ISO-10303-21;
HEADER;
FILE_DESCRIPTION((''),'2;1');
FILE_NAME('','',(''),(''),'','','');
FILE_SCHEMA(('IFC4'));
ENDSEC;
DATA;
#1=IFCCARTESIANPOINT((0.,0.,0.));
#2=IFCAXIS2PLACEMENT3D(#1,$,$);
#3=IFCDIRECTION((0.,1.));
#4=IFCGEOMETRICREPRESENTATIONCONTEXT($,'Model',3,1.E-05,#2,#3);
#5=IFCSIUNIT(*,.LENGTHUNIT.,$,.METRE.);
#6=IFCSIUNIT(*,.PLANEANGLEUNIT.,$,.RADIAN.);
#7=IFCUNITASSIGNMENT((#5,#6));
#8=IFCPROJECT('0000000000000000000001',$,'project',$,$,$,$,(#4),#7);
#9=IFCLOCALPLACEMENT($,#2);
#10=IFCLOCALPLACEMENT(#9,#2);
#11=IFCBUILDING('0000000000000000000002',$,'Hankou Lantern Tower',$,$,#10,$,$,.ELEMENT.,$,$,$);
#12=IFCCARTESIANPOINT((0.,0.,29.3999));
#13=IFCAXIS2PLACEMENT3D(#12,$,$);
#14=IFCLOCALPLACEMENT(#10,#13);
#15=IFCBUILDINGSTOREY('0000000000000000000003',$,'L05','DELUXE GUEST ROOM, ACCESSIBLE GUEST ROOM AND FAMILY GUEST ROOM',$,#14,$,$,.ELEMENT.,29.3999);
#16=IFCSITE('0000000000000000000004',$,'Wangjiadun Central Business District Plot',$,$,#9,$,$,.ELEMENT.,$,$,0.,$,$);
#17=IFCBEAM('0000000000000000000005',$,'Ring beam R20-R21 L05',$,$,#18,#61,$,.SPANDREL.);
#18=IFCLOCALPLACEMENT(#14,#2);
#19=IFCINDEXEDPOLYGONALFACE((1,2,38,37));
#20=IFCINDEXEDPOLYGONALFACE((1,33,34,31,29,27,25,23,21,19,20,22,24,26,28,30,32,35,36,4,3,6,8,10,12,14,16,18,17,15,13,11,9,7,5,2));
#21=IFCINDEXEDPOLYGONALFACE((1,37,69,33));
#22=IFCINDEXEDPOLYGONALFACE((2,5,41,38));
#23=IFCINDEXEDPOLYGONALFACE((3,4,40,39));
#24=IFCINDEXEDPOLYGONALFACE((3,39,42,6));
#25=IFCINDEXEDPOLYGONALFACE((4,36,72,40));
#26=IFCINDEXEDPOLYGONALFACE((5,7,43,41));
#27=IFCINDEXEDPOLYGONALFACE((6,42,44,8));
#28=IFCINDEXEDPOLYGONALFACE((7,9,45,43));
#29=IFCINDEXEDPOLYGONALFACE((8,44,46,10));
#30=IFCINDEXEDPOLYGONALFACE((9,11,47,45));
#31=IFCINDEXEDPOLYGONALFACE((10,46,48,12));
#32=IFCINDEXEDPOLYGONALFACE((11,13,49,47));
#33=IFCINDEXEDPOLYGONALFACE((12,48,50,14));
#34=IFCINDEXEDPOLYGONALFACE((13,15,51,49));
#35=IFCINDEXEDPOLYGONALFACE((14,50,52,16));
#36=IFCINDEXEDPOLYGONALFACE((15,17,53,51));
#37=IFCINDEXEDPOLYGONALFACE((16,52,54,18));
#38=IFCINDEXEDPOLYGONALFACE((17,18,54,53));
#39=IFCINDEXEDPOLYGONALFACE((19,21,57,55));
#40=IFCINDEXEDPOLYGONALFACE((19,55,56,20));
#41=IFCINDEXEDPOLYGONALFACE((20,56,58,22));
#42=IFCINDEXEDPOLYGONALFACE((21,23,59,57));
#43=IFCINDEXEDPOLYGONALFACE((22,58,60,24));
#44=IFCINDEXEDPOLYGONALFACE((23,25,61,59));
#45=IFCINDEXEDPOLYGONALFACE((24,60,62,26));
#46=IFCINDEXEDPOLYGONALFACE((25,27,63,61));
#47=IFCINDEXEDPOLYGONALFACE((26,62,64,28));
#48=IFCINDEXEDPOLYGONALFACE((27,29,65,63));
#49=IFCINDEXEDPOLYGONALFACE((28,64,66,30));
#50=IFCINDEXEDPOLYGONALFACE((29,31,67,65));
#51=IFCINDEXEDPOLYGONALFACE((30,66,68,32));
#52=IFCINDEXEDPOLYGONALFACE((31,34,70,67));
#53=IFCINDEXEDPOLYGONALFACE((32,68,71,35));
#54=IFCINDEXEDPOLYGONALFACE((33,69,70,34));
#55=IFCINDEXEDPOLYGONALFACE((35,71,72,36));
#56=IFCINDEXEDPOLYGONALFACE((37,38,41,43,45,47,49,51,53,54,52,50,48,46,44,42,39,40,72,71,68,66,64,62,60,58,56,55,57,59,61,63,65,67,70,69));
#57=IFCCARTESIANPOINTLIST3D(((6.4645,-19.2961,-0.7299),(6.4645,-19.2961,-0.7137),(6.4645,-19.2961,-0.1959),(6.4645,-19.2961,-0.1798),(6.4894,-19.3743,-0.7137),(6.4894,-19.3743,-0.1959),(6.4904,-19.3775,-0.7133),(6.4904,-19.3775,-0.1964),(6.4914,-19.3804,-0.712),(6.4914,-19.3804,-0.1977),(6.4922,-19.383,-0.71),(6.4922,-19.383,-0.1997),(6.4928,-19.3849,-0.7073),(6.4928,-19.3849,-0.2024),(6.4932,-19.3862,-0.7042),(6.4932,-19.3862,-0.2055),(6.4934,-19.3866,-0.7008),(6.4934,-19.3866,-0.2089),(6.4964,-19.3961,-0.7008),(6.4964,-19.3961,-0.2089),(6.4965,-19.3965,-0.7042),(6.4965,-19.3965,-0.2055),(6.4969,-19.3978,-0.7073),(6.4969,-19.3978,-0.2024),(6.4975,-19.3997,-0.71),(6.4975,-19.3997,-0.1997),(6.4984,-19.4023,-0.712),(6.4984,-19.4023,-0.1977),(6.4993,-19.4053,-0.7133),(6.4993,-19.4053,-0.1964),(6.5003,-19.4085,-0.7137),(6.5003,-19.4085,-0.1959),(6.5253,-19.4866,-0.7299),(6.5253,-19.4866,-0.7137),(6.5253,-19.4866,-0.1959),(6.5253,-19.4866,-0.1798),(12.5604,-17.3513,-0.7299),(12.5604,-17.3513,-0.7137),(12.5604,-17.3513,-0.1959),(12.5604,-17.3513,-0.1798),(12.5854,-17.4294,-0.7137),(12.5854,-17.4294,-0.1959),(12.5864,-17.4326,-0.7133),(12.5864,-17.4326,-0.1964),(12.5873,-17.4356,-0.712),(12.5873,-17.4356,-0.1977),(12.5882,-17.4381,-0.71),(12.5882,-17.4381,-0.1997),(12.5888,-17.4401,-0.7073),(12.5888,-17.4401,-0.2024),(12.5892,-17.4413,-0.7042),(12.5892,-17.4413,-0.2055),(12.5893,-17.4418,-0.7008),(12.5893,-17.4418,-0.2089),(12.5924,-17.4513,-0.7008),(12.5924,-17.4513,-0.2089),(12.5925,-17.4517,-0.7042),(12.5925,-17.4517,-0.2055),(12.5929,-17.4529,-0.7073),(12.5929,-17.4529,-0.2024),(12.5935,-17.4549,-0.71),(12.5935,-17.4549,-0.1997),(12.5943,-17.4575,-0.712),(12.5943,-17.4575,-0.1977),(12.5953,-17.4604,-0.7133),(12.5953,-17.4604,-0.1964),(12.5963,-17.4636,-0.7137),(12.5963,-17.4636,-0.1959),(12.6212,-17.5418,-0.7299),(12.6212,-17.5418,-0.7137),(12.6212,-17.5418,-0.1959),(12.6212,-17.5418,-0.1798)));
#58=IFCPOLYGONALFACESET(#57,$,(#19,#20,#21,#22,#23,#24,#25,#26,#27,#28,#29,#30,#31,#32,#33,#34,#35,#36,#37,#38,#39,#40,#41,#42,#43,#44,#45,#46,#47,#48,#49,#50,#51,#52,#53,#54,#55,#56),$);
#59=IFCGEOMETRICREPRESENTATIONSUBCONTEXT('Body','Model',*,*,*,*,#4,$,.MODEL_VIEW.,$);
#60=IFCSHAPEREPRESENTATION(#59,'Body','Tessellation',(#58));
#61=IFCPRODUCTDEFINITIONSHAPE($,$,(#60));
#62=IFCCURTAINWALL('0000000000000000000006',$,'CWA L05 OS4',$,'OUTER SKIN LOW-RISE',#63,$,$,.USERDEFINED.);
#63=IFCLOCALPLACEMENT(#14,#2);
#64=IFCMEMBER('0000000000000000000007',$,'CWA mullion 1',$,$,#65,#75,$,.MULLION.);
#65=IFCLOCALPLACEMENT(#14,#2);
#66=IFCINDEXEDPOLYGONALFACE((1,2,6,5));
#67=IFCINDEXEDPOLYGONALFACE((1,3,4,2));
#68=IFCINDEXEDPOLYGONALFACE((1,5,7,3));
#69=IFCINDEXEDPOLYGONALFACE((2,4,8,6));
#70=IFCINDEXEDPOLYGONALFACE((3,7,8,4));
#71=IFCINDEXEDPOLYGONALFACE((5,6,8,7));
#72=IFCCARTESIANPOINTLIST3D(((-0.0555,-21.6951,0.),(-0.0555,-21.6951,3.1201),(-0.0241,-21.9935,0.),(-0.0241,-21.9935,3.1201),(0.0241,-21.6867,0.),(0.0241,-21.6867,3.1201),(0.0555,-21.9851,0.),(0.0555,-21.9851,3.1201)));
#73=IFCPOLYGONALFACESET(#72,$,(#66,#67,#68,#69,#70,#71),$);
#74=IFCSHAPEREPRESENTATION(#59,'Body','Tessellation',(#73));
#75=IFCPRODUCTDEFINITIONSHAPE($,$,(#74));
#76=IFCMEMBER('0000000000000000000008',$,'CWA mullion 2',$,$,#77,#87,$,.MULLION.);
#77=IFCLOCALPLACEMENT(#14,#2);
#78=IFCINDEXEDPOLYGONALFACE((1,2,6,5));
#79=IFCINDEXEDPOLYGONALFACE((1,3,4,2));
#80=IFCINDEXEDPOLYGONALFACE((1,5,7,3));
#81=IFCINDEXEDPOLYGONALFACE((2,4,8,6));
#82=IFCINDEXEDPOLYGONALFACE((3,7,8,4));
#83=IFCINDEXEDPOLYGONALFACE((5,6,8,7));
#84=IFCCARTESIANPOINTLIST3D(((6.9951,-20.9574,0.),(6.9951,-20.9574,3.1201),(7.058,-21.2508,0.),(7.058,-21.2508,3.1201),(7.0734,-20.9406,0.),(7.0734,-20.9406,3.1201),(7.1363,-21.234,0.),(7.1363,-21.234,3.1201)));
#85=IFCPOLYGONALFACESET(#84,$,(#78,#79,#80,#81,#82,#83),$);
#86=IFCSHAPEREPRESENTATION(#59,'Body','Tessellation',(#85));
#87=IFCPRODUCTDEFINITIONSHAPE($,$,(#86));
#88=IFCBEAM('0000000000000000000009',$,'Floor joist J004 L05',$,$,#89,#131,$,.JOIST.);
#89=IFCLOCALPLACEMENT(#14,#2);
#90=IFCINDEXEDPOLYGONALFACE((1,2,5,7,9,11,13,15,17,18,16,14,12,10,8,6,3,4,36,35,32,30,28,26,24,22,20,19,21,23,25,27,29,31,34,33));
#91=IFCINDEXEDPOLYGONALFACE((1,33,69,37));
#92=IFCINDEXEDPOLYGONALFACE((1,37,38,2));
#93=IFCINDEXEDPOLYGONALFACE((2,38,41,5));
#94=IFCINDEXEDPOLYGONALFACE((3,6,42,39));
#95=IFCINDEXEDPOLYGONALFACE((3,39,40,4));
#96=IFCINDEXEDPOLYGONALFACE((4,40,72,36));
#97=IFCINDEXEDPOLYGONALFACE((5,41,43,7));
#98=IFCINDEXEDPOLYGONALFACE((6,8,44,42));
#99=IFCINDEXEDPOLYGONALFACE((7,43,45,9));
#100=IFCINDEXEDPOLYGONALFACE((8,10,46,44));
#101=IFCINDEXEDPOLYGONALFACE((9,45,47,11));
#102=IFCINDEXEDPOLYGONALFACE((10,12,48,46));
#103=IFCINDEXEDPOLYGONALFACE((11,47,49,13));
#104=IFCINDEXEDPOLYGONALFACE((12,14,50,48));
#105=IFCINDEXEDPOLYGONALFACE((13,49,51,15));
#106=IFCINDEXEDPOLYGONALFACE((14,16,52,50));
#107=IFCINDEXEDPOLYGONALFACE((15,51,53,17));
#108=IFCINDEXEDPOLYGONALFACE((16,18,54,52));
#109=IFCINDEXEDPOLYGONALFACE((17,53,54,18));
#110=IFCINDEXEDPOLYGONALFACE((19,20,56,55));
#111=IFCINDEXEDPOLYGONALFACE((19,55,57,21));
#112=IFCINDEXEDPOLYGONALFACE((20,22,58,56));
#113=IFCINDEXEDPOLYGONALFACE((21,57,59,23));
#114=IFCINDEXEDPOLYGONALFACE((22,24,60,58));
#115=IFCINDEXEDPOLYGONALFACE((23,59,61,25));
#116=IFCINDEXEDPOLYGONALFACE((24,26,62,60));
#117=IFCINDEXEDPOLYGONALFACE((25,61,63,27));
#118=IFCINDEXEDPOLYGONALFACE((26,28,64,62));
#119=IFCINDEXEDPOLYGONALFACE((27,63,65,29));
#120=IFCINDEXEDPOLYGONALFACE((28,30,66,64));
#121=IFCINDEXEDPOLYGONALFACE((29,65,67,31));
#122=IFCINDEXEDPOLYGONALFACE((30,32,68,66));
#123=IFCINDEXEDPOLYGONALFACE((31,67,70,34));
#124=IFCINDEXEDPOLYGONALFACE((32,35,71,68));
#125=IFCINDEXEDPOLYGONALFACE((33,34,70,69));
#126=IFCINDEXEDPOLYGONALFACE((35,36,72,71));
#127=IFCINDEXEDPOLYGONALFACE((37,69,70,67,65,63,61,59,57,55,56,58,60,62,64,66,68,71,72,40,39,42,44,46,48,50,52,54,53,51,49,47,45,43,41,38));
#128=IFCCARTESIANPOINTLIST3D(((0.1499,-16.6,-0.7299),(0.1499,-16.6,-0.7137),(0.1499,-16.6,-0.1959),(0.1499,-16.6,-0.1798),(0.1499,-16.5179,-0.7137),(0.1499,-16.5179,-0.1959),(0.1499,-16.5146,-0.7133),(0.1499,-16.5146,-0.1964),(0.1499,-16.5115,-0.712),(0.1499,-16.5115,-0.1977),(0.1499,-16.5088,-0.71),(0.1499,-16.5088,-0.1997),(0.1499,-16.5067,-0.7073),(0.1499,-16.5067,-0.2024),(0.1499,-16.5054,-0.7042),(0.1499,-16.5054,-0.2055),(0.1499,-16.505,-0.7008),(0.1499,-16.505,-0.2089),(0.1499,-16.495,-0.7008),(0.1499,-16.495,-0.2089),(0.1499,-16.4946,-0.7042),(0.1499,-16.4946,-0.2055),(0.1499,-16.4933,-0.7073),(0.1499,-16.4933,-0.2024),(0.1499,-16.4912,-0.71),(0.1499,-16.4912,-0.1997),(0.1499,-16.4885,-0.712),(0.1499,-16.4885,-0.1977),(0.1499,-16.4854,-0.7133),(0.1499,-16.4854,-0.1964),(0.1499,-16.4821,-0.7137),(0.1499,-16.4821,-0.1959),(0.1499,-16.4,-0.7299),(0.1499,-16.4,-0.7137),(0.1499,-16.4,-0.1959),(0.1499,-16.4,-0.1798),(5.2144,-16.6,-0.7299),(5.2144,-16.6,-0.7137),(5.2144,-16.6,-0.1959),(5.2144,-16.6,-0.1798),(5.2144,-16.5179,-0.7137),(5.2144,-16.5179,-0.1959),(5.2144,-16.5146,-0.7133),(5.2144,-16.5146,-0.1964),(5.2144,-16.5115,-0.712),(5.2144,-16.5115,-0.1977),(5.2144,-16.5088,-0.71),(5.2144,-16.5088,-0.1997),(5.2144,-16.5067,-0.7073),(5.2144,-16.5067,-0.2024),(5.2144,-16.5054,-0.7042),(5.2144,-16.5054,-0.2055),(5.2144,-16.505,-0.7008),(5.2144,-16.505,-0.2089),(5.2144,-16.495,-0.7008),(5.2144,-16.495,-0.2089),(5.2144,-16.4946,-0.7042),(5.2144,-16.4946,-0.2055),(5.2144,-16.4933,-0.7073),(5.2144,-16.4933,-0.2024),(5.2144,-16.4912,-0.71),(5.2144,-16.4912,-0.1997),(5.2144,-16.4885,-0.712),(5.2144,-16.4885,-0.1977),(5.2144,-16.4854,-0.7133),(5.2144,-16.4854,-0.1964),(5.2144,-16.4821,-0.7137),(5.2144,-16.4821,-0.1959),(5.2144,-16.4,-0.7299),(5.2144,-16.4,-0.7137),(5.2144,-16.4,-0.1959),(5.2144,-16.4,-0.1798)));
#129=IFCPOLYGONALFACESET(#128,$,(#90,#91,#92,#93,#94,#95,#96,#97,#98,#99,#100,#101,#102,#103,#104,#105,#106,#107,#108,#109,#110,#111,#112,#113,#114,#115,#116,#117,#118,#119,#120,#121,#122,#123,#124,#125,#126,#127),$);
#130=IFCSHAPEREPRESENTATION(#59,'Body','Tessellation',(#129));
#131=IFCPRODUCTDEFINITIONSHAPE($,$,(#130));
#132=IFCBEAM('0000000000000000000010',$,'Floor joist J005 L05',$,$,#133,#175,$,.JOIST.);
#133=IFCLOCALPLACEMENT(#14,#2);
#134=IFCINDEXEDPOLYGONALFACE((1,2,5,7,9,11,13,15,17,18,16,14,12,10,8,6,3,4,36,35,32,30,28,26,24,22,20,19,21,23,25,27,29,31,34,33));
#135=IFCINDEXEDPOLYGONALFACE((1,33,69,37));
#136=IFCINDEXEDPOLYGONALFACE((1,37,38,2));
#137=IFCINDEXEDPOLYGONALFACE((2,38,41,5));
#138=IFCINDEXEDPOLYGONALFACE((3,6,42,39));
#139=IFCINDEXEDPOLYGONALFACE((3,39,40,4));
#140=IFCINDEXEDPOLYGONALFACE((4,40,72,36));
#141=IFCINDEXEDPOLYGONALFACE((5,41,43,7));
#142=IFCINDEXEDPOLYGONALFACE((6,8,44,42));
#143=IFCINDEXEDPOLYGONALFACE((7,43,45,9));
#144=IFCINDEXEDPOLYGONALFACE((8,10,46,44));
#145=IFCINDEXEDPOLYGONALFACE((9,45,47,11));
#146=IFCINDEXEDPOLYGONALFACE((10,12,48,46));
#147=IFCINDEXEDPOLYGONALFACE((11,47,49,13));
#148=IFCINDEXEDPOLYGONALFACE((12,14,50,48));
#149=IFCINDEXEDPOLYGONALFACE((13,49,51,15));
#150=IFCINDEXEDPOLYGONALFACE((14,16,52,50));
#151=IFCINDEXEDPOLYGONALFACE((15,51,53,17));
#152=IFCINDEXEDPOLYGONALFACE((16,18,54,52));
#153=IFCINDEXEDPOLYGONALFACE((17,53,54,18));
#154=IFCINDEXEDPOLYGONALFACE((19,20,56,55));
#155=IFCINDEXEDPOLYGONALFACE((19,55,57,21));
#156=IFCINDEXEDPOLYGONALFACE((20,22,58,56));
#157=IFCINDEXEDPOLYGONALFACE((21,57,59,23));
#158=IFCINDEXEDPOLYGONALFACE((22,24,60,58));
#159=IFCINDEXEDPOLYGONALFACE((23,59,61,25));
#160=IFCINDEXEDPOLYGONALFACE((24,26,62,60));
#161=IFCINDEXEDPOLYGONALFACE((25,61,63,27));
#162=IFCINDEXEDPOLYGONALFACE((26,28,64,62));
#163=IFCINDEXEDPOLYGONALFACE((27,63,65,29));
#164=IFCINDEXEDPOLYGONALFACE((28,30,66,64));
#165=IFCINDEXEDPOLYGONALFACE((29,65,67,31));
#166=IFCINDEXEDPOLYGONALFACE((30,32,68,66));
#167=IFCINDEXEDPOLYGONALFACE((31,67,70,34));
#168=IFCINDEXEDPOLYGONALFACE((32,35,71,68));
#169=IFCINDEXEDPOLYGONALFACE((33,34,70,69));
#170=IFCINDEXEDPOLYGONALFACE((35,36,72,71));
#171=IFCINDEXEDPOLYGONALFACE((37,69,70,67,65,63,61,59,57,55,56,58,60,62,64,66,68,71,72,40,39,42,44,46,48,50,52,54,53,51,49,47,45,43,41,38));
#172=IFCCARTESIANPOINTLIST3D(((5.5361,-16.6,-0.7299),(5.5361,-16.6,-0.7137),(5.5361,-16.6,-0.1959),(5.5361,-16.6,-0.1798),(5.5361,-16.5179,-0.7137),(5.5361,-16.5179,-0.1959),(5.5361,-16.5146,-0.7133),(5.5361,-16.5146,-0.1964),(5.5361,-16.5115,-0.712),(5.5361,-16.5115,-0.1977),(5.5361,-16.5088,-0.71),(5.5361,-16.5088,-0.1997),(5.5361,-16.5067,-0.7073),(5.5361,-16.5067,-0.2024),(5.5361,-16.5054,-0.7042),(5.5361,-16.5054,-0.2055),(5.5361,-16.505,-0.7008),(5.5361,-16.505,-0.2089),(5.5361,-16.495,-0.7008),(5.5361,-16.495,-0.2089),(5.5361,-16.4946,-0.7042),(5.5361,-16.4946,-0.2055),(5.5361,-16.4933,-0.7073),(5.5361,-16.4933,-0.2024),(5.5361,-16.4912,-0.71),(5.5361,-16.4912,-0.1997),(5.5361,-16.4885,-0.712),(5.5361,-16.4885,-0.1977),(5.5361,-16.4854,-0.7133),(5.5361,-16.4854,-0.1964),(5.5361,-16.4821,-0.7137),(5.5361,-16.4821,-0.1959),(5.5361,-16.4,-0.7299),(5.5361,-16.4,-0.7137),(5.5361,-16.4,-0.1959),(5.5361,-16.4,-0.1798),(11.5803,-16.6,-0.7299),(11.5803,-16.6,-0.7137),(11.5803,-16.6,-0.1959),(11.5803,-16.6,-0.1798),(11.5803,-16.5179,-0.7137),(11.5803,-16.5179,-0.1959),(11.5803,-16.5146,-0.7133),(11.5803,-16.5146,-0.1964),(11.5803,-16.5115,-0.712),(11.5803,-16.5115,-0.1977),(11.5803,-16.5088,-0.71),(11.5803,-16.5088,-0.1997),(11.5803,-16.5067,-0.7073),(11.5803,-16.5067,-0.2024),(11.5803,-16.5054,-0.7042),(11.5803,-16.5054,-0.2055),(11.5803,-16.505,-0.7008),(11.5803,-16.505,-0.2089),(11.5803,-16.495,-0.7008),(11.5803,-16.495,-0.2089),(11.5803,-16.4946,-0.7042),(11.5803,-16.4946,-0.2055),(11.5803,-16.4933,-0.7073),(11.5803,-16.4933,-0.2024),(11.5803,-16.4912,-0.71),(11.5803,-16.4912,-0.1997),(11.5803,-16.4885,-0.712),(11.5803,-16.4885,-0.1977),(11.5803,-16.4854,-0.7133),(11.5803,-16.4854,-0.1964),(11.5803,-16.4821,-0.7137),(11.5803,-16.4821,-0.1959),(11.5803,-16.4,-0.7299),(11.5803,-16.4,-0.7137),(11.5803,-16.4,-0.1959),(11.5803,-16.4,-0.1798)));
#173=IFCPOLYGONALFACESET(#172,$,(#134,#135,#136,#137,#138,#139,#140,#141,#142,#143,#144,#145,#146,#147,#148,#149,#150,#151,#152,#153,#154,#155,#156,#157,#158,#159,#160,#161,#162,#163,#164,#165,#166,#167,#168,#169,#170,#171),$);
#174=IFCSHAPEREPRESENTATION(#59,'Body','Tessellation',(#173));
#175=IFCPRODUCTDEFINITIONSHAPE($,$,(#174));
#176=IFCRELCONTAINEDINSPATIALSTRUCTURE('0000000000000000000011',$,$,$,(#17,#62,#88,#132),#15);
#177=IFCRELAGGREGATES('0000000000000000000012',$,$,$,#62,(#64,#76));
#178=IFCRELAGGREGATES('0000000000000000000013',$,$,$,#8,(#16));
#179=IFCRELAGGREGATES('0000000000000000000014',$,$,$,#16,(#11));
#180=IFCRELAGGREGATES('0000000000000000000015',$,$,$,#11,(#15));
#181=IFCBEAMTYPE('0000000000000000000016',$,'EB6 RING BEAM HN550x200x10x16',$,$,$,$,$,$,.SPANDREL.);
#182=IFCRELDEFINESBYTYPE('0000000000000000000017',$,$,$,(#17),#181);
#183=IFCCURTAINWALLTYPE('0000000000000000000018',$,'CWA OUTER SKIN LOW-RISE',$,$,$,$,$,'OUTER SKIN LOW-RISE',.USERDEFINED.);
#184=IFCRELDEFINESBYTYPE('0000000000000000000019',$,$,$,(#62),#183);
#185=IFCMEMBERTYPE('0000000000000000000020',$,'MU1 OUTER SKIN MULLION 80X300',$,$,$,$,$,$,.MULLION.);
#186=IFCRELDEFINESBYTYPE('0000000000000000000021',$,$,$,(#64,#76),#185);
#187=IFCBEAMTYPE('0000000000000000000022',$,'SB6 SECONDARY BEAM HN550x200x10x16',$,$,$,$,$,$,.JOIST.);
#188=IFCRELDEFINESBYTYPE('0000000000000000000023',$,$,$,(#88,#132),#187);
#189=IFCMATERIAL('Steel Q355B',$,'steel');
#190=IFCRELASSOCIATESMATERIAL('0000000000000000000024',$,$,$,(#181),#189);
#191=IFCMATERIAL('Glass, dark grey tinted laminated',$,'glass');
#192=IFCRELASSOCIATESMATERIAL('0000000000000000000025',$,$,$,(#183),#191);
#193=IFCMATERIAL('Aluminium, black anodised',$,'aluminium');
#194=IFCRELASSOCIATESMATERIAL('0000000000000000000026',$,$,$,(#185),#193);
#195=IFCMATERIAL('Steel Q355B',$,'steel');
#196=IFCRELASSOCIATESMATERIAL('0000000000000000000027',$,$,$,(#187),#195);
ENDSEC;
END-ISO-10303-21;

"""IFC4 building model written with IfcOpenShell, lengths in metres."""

from ifc_helpers import new_model, si_unit, direction, frame, origin, origin_2d, place, context, subcontext, project, spatial, rectangle, i_section, extrude, material, material_profile, profile_set, type_object, element, aggregate, save


model = new_model("IFC4")

# Units and contexts
model_context = context("Model", 3, precision=1e-05, world=origin(), true_north=direction((0.0, 1.0)))
body_context = subcontext(model_context, "Body", "Model", "MODEL_VIEW")
ifc_project = project(units=[si_unit("LENGTHUNIT", "METRE"), si_unit("PLANEANGLEUNIT", "RADIAN")], contexts=[model_context])

# Site, building, storey
site_placement = place(None, origin())
site = spatial("IfcSite", under=ifc_project, at=site_placement, Name="Wangjiadun Central Business District Plot", CompositionType="ELEMENT", RefElevation=0.0)
building_placement = place(site_placement, origin())
building = spatial("IfcBuilding", under=site, at=building_placement, Name="Hankou Lantern Tower", CompositionType="ELEMENT")
storey_placement = place(building_placement, frame((0.0, 0.0, 29.3999)))
storey = spatial("IfcBuildingStorey", under=building, at=storey_placement, Name="L05", Description="DELUXE GUEST ROOM, ACCESSIBLE GUEST ROOM AND FAMILY GUEST ROOM", CompositionType="ELEMENT", Elevation=29.3999)

# Beam
ifc_material_1 = material(Name="Steel Q355B", Category="steel")
ifc_material_profile_1 = material_profile(ifc_material_1, i_section(OverallWidth=0.2, OverallDepth=0.55, WebThickness=0.01, FlangeThickness=0.0161, FilletRadius=0.0129, at=origin_2d()), Name="HN550x200x10x16")
ifc_profile_set_1 = profile_set([ifc_material_profile_1], Name="Steel Q355B")
beam_type_1 = type_object("IfcBeamType", Name="EB6 RING BEAM HN550x200x10x16", PredefinedType="SPANDREL", material=ifc_profile_set_1)
beam_1_placement = place(storey_placement, frame((6.4949, -19.3914, -0.4548), z_axis=(0.95269, 0.303942, 0.0), x_axis=(-0.303942, 0.95269, 0.0)))
element("IfcBeam", 1, at=beam_1_placement, inside=storey, type_object=beam_type_1, Name="Ring beam R20-R21 L05", PredefinedType="SPANDREL", context=body_context, shape_type="SweptSolid", body=[
    extrude(i_section(OverallWidth=0.2, OverallDepth=0.55, WebThickness=0.01, FlangeThickness=0.0161, FilletRadius=0.0129, at=origin_2d()), origin(), (0.0, 0.0, 1.0), 6.3987),
])

# Curtain wall, members
ifc_material_2 = material(Name="Glass, dark grey tinted laminated", Category="glass")
curtain_wall_type = type_object("IfcCurtainWallType", Name="CWA OUTER SKIN LOW-RISE", ElementType="OUTER SKIN LOW-RISE", PredefinedType="USERDEFINED", material=ifc_material_2)
curtain_wall_placement = place(storey_placement, origin())
curtain_wall = element("IfcCurtainWall", 2, at=curtain_wall_placement, inside=storey, type_object=curtain_wall_type, Name="CWA L05 OS4", ObjectType="OUTER SKIN LOW-RISE", PredefinedType="USERDEFINED")
ifc_material_3 = material(Name="Aluminium, black anodised", Category="aluminium")
ifc_material_profile_2 = material_profile(ifc_material_3, rectangle(XDim=0.0801, YDim=0.3, at=origin_2d()), Name="MU1 80X300")
ifc_profile_set_2 = profile_set([ifc_material_profile_2], Name="Aluminium, black anodised")
member_type_1 = type_object("IfcMemberType", Name="MU1 OUTER SKIN MULLION 80X300", PredefinedType="MULLION", material=ifc_profile_set_2)
member_1_placement = place(storey_placement, frame((0.0, -21.8401, 0.0), z_axis=(0.0, 0.0, 1.0), x_axis=(0.994499, 0.104743, 0.0)))
member_1 = element("IfcMember", 3, at=member_1_placement, type_object=member_type_1, Name="CWA mullion 1", PredefinedType="MULLION", context=body_context, shape_type="SweptSolid", body=[
    extrude(rectangle(XDim=0.0801, YDim=0.3, at=origin_2d()), origin(), (0.0, 0.0, 1.0), 3.1201),
])
member_2_placement = place(storey_placement, frame((7.0657, -21.0957, 0.0), z_axis=(0.0, 0.0, 1.0), x_axis=(0.977788, 0.209598, 0.0)))
member_2 = element("IfcMember", 4, at=member_2_placement, type_object=member_type_1, Name="CWA mullion 2", PredefinedType="MULLION", context=body_context, shape_type="SweptSolid", body=[
    extrude(rectangle(XDim=0.0801, YDim=0.3, at=origin_2d()), origin(), (0.0, 0.0, 1.0), 3.1201),
])

# Beams
ifc_material_4 = material(Name="Steel Q355B", Category="steel")
ifc_material_profile_3 = material_profile(ifc_material_4, i_section(OverallWidth=0.2, OverallDepth=0.55, WebThickness=0.01, FlangeThickness=0.0161, FilletRadius=0.0129, at=origin_2d()), Name="HN550x200x10x16")
ifc_profile_set_3 = profile_set([ifc_material_profile_3], Name="Steel Q355B")
beam_type_2 = type_object("IfcBeamType", Name="SB6 SECONDARY BEAM HN550x200x10x16", PredefinedType="JOIST", material=ifc_profile_set_3)
beam_2_placement = place(storey_placement, frame((0.1499, -16.5, -0.4548), z_axis=(1.0, 0.0, 0.0), x_axis=(0.0, 1.0, 0.0)))
element("IfcBeam", 5, at=beam_2_placement, inside=storey, type_object=beam_type_2, Name="Floor joist J004 L05", PredefinedType="JOIST", context=body_context, shape_type="SweptSolid", body=[
    extrude(i_section(OverallWidth=0.2, OverallDepth=0.55, WebThickness=0.01, FlangeThickness=0.0161, FilletRadius=0.0129, at=origin_2d()), origin(), (0.0, 0.0, 1.0), 5.0645),
])
beam_3_placement = place(storey_placement, frame((5.5361, -16.5, -0.4548), z_axis=(1.0, 0.0, 0.0), x_axis=(0.0, 1.0, 0.0)))
element("IfcBeam", 6, at=beam_3_placement, inside=storey, type_object=beam_type_2, Name="Floor joist J005 L05", PredefinedType="JOIST", context=body_context, shape_type="SweptSolid", body=[
    extrude(i_section(OverallWidth=0.2, OverallDepth=0.55, WebThickness=0.01, FlangeThickness=0.0161, FilletRadius=0.0129, at=origin_2d()), origin(), (0.0, 0.0, 1.0), 6.0442),
])

aggregate(curtain_wall, [member_1, member_2])

save(model, "model.ifc")
